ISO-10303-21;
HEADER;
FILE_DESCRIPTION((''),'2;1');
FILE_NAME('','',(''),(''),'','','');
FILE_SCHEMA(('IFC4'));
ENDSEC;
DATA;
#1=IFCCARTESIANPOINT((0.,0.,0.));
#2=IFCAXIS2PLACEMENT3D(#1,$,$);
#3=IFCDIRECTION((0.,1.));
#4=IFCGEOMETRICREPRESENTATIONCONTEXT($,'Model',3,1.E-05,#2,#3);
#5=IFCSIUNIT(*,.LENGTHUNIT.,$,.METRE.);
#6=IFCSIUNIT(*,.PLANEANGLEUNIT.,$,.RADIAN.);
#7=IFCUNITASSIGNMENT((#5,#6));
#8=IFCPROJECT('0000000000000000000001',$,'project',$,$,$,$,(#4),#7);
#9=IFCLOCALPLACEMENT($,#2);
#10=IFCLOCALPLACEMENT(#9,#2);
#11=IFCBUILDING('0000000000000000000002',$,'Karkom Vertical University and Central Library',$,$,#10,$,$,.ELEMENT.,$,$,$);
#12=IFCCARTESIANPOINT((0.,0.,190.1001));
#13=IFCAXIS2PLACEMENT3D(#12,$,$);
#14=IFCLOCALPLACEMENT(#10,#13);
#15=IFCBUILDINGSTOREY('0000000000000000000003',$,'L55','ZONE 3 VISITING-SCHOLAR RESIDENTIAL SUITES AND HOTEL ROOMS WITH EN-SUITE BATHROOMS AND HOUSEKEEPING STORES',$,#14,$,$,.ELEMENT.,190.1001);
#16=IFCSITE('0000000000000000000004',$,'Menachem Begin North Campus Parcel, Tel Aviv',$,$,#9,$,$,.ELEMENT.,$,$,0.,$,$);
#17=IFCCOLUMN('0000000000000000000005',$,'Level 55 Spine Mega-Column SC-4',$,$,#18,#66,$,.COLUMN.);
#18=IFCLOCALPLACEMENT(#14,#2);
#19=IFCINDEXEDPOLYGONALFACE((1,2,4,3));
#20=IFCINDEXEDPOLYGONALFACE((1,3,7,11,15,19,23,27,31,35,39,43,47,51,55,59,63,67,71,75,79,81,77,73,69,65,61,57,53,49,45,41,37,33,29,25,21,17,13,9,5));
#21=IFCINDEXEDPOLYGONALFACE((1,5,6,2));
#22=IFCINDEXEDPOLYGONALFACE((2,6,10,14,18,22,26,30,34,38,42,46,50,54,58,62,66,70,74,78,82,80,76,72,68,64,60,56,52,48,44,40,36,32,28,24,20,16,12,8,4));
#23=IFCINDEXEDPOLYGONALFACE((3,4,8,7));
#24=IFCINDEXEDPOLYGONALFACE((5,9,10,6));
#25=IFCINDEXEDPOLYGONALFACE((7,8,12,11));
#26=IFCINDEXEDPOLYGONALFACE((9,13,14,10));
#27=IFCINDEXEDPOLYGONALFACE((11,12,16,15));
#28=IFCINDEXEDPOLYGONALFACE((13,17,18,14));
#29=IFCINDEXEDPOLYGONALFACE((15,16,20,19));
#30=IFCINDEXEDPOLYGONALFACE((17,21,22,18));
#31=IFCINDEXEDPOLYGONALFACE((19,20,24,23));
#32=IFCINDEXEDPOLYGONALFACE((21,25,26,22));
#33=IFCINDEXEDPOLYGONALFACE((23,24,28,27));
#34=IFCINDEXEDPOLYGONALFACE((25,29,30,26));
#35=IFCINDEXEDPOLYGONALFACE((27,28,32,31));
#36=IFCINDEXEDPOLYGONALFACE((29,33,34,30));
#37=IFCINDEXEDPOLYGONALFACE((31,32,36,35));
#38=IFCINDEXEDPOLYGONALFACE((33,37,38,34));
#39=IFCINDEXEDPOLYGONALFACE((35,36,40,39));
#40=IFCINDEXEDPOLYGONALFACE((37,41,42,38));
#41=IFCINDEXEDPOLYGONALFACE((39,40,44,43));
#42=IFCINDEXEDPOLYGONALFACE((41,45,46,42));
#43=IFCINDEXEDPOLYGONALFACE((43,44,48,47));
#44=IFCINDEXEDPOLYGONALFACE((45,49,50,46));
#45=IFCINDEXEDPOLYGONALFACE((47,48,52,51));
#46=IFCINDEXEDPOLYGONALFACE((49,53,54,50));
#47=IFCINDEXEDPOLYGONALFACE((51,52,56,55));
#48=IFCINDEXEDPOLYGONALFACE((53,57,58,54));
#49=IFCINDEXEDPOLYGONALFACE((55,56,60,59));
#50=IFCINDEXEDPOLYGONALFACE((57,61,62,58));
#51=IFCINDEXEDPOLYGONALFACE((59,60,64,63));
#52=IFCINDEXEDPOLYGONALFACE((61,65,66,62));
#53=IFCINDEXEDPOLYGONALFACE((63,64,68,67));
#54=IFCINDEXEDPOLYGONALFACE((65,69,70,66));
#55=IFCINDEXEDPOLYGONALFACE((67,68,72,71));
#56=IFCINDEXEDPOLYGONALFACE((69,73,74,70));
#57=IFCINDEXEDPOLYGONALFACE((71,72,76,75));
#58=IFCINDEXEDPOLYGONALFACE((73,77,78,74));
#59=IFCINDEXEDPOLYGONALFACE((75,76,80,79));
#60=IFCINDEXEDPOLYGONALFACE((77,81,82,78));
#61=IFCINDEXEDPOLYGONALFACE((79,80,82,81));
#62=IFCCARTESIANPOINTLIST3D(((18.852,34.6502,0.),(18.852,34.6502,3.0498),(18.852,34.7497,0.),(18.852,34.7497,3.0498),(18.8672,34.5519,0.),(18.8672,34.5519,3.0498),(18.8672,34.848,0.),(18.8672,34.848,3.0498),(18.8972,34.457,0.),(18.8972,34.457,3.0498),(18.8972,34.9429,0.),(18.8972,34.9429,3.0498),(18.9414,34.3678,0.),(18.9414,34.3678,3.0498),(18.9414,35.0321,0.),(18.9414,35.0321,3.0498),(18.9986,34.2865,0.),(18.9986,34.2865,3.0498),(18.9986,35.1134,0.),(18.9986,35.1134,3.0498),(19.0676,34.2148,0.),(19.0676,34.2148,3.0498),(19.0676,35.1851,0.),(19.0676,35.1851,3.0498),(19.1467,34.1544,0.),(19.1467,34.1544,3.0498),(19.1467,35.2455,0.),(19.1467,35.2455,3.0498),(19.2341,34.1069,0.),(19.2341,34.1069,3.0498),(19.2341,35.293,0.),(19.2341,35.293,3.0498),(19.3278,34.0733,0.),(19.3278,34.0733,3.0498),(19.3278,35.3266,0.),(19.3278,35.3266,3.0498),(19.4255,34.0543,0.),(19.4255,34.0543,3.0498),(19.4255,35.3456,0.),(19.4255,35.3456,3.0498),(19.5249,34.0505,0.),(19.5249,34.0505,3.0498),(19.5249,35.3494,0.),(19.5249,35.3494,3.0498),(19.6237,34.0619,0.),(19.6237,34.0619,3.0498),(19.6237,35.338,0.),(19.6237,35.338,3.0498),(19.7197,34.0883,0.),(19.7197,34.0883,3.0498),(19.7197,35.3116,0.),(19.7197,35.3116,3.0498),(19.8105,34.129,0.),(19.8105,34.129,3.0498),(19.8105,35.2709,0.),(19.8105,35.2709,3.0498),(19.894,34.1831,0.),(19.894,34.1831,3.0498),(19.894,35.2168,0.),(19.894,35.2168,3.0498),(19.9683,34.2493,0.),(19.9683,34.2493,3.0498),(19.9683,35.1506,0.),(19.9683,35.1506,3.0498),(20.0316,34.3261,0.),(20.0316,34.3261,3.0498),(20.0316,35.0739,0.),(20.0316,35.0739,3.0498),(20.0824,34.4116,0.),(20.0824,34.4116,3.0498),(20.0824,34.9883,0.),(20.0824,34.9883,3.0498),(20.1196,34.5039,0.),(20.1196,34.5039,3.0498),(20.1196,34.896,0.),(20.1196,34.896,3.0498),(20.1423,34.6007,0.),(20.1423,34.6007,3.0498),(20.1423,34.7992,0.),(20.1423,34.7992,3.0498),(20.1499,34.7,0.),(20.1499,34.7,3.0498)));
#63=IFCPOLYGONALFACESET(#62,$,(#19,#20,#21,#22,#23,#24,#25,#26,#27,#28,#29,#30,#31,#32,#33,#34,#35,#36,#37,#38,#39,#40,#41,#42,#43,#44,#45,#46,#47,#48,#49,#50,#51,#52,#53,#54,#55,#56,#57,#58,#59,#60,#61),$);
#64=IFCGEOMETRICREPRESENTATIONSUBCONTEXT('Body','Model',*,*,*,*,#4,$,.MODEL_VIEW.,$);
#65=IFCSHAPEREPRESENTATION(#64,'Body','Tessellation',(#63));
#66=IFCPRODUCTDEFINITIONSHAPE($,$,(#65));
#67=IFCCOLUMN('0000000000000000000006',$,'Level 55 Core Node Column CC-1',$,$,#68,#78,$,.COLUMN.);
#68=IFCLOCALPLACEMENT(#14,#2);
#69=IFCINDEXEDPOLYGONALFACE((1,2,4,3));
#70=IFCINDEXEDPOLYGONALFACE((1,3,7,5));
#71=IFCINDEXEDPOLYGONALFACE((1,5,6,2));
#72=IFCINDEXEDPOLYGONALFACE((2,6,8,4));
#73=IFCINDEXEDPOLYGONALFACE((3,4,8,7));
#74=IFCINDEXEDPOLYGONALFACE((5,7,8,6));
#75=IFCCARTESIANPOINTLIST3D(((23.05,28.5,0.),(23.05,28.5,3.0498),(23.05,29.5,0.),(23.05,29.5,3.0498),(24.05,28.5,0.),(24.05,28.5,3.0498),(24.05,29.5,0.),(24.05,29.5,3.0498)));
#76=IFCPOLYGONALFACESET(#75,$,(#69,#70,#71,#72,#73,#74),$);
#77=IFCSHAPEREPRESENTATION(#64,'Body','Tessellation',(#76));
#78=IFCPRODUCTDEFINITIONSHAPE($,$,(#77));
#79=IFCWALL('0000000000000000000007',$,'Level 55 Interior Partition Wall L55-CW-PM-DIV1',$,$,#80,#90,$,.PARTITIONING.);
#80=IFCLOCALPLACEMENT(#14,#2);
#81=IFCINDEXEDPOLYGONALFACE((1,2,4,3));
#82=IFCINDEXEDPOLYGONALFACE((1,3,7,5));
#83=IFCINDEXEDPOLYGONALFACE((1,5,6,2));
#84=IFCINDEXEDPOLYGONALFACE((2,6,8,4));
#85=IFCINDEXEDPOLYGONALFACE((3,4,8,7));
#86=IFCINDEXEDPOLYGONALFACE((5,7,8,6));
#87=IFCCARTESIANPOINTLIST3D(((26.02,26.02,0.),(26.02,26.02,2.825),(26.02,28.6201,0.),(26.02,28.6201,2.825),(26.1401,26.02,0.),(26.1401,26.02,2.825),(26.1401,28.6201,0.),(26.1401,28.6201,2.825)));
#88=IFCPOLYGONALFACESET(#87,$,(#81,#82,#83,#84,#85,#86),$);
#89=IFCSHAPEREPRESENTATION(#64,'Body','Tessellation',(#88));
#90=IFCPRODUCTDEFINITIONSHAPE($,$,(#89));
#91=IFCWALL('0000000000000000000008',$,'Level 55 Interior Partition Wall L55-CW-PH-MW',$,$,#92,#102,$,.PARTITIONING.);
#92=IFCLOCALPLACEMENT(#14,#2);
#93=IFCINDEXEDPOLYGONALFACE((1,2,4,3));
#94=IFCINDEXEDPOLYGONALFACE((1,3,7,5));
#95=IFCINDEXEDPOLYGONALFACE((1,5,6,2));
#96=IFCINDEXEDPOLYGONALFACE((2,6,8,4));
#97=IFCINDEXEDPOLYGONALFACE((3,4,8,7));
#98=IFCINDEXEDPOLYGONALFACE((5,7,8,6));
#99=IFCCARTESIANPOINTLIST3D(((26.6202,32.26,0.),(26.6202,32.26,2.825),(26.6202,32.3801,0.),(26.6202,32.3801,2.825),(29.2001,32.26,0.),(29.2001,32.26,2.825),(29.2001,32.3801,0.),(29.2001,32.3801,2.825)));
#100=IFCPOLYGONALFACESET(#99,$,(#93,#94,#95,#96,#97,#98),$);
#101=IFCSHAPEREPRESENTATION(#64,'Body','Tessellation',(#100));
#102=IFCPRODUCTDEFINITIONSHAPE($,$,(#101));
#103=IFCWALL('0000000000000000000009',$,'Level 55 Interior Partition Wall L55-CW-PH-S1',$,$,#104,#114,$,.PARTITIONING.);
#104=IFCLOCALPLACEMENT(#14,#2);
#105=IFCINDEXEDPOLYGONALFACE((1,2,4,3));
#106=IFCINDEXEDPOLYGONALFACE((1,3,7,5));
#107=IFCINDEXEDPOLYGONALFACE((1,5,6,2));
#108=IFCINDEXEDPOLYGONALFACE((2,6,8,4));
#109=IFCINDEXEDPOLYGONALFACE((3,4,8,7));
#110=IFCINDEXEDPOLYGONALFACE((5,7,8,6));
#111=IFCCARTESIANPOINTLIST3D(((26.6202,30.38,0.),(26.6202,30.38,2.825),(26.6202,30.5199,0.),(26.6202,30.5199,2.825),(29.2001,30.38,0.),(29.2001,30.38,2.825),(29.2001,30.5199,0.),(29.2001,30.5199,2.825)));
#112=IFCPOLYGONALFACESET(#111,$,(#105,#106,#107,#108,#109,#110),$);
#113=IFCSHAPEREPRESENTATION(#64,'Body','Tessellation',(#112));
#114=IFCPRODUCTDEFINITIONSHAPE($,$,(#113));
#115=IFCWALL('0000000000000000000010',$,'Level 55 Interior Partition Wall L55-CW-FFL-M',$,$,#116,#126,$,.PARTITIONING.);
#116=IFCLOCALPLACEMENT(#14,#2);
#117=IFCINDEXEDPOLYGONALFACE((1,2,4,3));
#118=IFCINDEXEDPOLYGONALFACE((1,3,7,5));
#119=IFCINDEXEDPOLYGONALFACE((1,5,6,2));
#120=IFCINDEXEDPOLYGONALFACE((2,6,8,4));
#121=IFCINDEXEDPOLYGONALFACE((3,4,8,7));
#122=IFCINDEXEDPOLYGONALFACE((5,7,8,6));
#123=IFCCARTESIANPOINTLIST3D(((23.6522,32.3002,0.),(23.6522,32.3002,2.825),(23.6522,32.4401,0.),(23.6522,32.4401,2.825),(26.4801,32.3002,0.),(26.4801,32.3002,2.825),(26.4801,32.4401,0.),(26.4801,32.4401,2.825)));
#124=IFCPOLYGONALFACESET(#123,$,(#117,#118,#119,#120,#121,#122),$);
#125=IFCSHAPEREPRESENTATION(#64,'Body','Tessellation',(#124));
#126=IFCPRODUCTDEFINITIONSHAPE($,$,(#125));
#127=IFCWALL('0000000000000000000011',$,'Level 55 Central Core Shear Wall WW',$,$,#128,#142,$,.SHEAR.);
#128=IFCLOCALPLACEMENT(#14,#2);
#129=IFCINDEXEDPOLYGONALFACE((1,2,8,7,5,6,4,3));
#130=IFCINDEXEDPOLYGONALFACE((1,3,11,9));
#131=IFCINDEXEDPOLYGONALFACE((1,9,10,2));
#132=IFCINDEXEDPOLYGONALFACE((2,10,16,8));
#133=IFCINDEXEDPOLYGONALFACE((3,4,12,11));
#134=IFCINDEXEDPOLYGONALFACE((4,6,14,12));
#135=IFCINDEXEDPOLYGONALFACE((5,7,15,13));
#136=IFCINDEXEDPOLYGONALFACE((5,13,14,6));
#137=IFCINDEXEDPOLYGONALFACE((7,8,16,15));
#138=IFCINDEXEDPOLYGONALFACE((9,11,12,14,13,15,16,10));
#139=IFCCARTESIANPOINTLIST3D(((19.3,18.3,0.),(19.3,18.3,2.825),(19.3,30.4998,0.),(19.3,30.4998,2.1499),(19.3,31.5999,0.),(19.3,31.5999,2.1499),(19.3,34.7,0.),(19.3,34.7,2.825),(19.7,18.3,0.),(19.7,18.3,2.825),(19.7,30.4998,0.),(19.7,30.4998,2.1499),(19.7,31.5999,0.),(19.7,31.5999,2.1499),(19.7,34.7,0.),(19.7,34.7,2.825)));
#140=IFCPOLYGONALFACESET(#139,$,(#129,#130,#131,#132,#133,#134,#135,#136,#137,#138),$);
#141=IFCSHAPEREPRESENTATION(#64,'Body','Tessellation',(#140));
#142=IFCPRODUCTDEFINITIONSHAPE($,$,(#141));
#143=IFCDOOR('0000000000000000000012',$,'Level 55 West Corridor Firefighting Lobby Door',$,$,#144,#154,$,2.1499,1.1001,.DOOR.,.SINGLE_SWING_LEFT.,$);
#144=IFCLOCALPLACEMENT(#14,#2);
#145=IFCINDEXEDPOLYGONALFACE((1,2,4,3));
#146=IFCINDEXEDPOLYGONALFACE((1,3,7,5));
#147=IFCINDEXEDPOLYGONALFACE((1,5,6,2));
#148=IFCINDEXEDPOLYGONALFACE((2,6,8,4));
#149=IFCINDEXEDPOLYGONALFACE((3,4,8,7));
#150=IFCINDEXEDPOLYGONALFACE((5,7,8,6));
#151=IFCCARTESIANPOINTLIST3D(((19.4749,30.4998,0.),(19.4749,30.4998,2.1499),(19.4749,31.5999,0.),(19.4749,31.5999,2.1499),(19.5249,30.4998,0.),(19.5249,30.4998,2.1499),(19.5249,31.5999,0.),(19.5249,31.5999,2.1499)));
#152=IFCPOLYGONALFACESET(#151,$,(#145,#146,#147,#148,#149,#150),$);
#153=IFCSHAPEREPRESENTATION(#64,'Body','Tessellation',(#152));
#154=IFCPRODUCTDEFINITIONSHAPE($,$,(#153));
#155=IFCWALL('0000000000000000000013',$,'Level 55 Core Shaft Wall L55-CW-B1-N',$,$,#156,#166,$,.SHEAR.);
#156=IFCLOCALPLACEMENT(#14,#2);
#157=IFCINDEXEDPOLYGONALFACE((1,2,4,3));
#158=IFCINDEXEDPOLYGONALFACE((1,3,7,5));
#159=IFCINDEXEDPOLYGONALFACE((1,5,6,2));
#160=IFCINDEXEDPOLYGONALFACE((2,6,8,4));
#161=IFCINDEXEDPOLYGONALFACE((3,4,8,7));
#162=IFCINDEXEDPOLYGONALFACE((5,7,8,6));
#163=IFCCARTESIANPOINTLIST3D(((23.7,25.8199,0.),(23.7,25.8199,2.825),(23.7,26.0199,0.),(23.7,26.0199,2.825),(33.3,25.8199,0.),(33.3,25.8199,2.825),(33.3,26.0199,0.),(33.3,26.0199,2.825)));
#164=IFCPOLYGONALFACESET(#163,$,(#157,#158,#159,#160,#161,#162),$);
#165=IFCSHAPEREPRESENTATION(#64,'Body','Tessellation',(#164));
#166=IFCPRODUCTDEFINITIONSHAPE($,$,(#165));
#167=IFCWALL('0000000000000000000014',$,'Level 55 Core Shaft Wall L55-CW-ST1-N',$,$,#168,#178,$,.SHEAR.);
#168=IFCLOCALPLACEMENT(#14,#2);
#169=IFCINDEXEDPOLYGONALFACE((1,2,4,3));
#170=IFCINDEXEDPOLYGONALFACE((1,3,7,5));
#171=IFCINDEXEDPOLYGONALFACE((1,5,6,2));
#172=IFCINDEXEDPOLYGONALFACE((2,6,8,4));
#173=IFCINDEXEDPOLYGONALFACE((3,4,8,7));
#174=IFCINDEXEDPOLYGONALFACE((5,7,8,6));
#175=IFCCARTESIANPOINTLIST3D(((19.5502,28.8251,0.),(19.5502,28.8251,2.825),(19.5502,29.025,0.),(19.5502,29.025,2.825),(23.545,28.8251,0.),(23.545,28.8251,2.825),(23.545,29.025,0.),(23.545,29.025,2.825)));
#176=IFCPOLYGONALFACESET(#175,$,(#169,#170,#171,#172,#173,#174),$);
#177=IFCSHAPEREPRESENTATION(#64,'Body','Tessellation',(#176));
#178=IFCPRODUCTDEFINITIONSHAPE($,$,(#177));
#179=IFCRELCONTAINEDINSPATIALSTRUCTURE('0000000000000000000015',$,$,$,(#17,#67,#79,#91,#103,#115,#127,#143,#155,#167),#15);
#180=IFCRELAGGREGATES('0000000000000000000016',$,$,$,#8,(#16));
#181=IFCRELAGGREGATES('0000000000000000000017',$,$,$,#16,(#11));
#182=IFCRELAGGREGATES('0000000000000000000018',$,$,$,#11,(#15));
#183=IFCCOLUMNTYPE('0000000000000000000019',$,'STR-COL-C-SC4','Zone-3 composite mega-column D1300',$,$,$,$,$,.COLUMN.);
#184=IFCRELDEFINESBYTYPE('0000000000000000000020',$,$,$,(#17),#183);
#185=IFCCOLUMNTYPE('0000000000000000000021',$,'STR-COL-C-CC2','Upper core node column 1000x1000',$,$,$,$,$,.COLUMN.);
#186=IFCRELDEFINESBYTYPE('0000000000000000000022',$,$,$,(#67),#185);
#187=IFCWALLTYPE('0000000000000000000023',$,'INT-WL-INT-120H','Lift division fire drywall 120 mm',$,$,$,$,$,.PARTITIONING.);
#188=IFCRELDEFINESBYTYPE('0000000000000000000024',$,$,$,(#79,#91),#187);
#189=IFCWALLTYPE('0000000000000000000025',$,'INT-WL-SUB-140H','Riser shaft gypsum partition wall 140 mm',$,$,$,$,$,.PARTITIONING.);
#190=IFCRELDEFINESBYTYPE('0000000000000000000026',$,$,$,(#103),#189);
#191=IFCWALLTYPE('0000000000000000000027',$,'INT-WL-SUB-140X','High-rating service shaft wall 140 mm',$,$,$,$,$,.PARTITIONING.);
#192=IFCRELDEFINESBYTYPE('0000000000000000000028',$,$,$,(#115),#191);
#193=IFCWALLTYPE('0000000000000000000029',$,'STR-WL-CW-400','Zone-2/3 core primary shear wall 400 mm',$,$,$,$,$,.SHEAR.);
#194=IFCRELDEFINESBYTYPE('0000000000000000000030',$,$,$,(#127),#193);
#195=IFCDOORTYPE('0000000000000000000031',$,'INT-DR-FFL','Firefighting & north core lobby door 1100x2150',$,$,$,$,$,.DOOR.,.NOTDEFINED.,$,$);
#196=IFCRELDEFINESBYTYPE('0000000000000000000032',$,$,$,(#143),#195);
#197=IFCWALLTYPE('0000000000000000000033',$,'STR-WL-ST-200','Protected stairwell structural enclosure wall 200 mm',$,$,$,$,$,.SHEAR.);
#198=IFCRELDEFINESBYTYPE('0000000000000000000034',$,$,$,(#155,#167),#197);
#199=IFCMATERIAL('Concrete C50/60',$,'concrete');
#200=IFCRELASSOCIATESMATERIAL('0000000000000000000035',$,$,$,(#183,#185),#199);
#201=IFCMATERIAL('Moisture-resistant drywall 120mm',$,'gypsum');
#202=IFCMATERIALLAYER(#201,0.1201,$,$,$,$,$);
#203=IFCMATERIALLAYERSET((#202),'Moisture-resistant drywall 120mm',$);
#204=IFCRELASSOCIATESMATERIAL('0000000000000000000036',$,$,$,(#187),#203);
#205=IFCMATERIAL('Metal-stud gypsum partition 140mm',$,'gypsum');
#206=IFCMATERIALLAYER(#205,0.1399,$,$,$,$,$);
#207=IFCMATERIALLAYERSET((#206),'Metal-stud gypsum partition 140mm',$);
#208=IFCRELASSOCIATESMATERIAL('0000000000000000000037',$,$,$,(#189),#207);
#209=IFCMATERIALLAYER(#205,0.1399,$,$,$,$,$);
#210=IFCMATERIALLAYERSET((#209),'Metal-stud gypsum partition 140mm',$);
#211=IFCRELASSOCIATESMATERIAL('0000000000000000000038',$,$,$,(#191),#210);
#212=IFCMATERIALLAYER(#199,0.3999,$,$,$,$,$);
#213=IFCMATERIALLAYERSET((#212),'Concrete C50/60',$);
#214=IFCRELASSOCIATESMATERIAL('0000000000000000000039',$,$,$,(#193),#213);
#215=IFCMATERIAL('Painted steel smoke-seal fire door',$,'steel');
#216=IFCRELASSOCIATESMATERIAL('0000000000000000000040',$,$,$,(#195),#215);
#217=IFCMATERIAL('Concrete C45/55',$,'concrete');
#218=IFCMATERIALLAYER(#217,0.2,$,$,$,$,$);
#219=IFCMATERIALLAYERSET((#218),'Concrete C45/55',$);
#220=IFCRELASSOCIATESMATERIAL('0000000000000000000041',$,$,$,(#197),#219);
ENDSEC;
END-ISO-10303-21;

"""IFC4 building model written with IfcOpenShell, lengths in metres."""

from ifc_helpers import new_model, si_unit, direction, frame, frame_2d, origin, origin_with_axes, origin_2d, place, context, subcontext, project, spatial, rectangle, circle, extrude, source, transform, mapped, material, layer, layer_set, material_profile, profile_set, type_object, element, fill, save


model = new_model("IFC4")

# Units and contexts
model_context = context("Model", 3, precision=1e-05, world=origin(), true_north=direction((0.0, 1.0)))
body_context = subcontext(model_context, "Body", "Model", "MODEL_VIEW")
ifc_project = project(units=[si_unit("LENGTHUNIT", "METRE"), si_unit("PLANEANGLEUNIT", "RADIAN")], contexts=[model_context])

# Site, building, storey
site_placement = place(None, origin())
site = spatial("IfcSite", under=ifc_project, at=site_placement, Name="Menachem Begin North Campus Parcel, Tel Aviv", CompositionType="ELEMENT", RefElevation=0.0)
building_placement = place(site_placement, origin())
building = spatial("IfcBuilding", under=site, at=building_placement, Name="Karkom Vertical University and Central Library", CompositionType="ELEMENT")
storey_placement = place(building_placement, frame((0.0, 0.0, 190.1001)))
storey = spatial("IfcBuildingStorey", under=building, at=storey_placement, Name="L55", Description="ZONE 3 VISITING-SCHOLAR RESIDENTIAL SUITES AND HOTEL ROOMS WITH EN-SUITE BATHROOMS AND HOUSEKEEPING STORES", CompositionType="ELEMENT", Elevation=190.1001)

# Columns
ifc_material_1 = material(Name="Concrete C50/60", Category="concrete")
ifc_material_profile_1 = material_profile(ifc_material_1, circle(Radius=0.6499, at=origin_2d()), Name="CFT-D1300")
ifc_profile_set_1 = profile_set([ifc_material_profile_1], Name="Concrete C50/60")
column_type_1 = type_object("IfcColumnType", Name="STR-COL-C-SC4", Description="Zone-3 composite mega-column D1300", PredefinedType="COLUMN", material=ifc_profile_set_1)
shared_shape_1 = source(origin_with_axes(), body_context, "Body", "SweptSolid", [
    extrude(circle(Radius=0.6499, at=origin_2d()), origin(), (0.0, 0.0, 1.0), 3.0498),
])
column_1_placement = place(storey_placement, frame((19.5, 34.7, 0.0), z_axis=(0.0, 0.0, 1.0), x_axis=(1.0, 0.0, 0.0)))
element("IfcColumn", 1, at=column_1_placement, inside=storey, type_object=column_type_1, Name="Level 55 Spine Mega-Column SC-4", PredefinedType="COLUMN", context=body_context, shape_type="MappedRepresentation", body=[
    mapped(shared_shape_1, transform((0.0, 0.0, 0.0), scale=1.0)),
])
ifc_material_profile_2 = material_profile(ifc_material_1, rectangle(XDim=1.0, YDim=1.0, at=origin_2d()), Name="RC-1000x1000")
ifc_profile_set_2 = profile_set([ifc_material_profile_2], Name="Concrete C50/60")
column_type_2 = type_object("IfcColumnType", Name="STR-COL-C-CC2", Description="Upper core node column 1000x1000", PredefinedType="COLUMN", material=ifc_profile_set_2)
shared_shape_2 = source(origin_with_axes(), body_context, "Body", "SweptSolid", [
    extrude(rectangle(XDim=1.0, YDim=1.0, at=origin_2d()), origin(), (0.0, 0.0, 1.0), 3.0498),
])
column_2_placement = place(storey_placement, frame((23.55, 29.0, 0.0), z_axis=(0.0, 0.0, 1.0), x_axis=(1.0, 0.0, 0.0)))
element("IfcColumn", 2, at=column_2_placement, inside=storey, type_object=column_type_2, Name="Level 55 Core Node Column CC-1", PredefinedType="COLUMN", context=body_context, shape_type="MappedRepresentation", body=[
    mapped(shared_shape_2, transform((0.0, 0.0, 0.0), scale=1.0)),
])

# Walls
ifc_material_2 = material(Name="Moisture-resistant drywall 120mm", Category="gypsum")
ifc_layer_1 = layer(ifc_material_2, 0.1201)
ifc_layer_set_1 = layer_set([ifc_layer_1], Name="Moisture-resistant drywall 120mm")
wall_type_1 = type_object("IfcWallType", Name="INT-WL-INT-120H", Description="Lift division fire drywall 120 mm", PredefinedType="PARTITIONING", material=ifc_layer_set_1)
wall_1_placement = place(storey_placement, frame((26.0801, 26.02, 0.0), z_axis=(0.0, 0.0, 1.0), x_axis=(0.0, 1.0, 0.0)))
element("IfcWall", 3, at=wall_1_placement, inside=storey, type_object=wall_type_1, Name="Level 55 Interior Partition Wall L55-CW-PM-DIV1", PredefinedType="PARTITIONING", context=body_context, shape_type="SweptSolid", body=[
    extrude(rectangle(XDim=2.6001, YDim=0.1201, at=frame_2d((1.3, 0.0))), origin(), (0.0, 0.0, 1.0), 2.825),
])
wall_2_placement = place(storey_placement, frame((26.6201, 32.3201, 0.0), z_axis=(0.0, 0.0, 1.0), x_axis=(1.0, 0.0, 0.0)))
element("IfcWall", 4, at=wall_2_placement, inside=storey, type_object=wall_type_1, Name="Level 55 Interior Partition Wall L55-CW-PH-MW", PredefinedType="PARTITIONING", context=body_context, shape_type="SweptSolid", body=[
    extrude(rectangle(XDim=2.5798, YDim=0.1201, at=frame_2d((1.29, 0.0))), origin(), (0.0, 0.0, 1.0), 2.825),
])
ifc_material_3 = material(Name="Metal-stud gypsum partition 140mm", Category="gypsum")
ifc_layer_2 = layer(ifc_material_3, 0.1399)
ifc_layer_set_2 = layer_set([ifc_layer_2], Name="Metal-stud gypsum partition 140mm")
wall_type_2 = type_object("IfcWallType", Name="INT-WL-SUB-140H", Description="Riser shaft gypsum partition wall 140 mm", PredefinedType="PARTITIONING", material=ifc_layer_set_2)
wall_3_placement = place(storey_placement, frame((26.6201, 30.45, 0.0), z_axis=(0.0, 0.0, 1.0), x_axis=(1.0, 0.0, 0.0)))
element("IfcWall", 5, at=wall_3_placement, inside=storey, type_object=wall_type_2, Name="Level 55 Interior Partition Wall L55-CW-PH-S1", PredefinedType="PARTITIONING", context=body_context, shape_type="SweptSolid", body=[
    extrude(rectangle(XDim=2.5798, YDim=0.1399, at=frame_2d((1.29, 0.0))), origin(), (0.0, 0.0, 1.0), 2.825),
])
ifc_layer_3 = layer(ifc_material_3, 0.1399)
ifc_layer_set_3 = layer_set([ifc_layer_3], Name="Metal-stud gypsum partition 140mm")
wall_type_3 = type_object("IfcWallType", Name="INT-WL-SUB-140X", Description="High-rating service shaft wall 140 mm", PredefinedType="PARTITIONING", material=ifc_layer_set_3)
wall_4_placement = place(storey_placement, frame((23.6521, 32.3701, 0.0), z_axis=(0.0, 0.0, 1.0), x_axis=(1.0, 0.0, 0.0)))
element("IfcWall", 6, at=wall_4_placement, inside=storey, type_object=wall_type_3, Name="Level 55 Interior Partition Wall L55-CW-FFL-M", PredefinedType="PARTITIONING", context=body_context, shape_type="SweptSolid", body=[
    extrude(rectangle(XDim=2.8279, YDim=0.1399, at=frame_2d((1.4141, 0.0))), origin(), (0.0, 0.0, 1.0), 2.825),
])

# Wall, opening, door
ifc_layer_4 = layer(ifc_material_1, 0.3999)
ifc_layer_set_4 = layer_set([ifc_layer_4], Name="Concrete C50/60")
wall_type_4 = type_object("IfcWallType", Name="STR-WL-CW-400", Description="Zone-2/3 core primary shear wall 400 mm", PredefinedType="SHEAR", material=ifc_layer_set_4)
wall_5_placement = place(storey_placement, frame((19.5, 34.7, 0.0), z_axis=(0.0, 0.0, 1.0), x_axis=(0.0, -1.0, 0.0)))
wall_5 = element("IfcWall", 7, at=wall_5_placement, inside=storey, type_object=wall_type_4, Name="Level 55 Central Core Shear Wall WW", PredefinedType="SHEAR", context=body_context, shape_type="SweptSolid", body=[
    extrude(rectangle(XDim=16.3999, YDim=0.3999, at=frame_2d((8.2, 0.0))), origin(), (0.0, 0.0, 1.0), 2.825),
])
opening_1_placement = place(wall_5_placement, frame((3.1001, 0.0, 0.0)))
opening_1 = element("IfcOpeningElement", 8, at=opening_1_placement, cuts=wall_5, PredefinedType="OPENING", context=body_context, shape_type="SweptSolid", body=[
    extrude(rectangle(XDim=1.1001, YDim=2.1499, at=frame_2d((0.55, 1.075))), frame((0.0, 0.21, 0.0), z_axis=(0.0, -1.0, 0.0), x_axis=(1.0, 0.0, 0.0)), (0.0, 0.0, 1.0), 0.4199),
])
ifc_material_4 = material(Name="Painted steel smoke-seal fire door", Category="steel")
door_type_1 = type_object("IfcDoorType", Name="INT-DR-FFL", Description="Firefighting & north core lobby door 1100x2150", OperationType="NOTDEFINED", PredefinedType="DOOR", material=ifc_material_4)
shared_shape_3 = source(origin_with_axes(), body_context, "Body", "SweptSolid", [
    extrude(rectangle(XDim=1.1001, YDim=2.1499, at=frame_2d((0.55, 1.075))), frame((0.0, 0.0249, 0.0), z_axis=(0.0, -1.0, 0.0), x_axis=(1.0, 0.0, 0.0)), (0.0, 0.0, 1.0), 0.05),
])
door_1_placement = place(opening_1_placement, origin())
door_1 = element("IfcDoor", 9, at=door_1_placement, inside=storey, type_object=door_type_1, Name="Level 55 West Corridor Firefighting Lobby Door", OperationType="SINGLE_SWING_LEFT", OverallHeight=2.1499, OverallWidth=1.1001, PredefinedType="DOOR", context=body_context, shape_type="MappedRepresentation", body=[
    mapped(shared_shape_3, transform((0.0, 0.0, 0.0), scale=1.0)),
])
fill(opening_1, door_1)

# Wall
ifc_material_5 = material(Name="Concrete C45/55", Category="concrete")
ifc_layer_5 = layer(ifc_material_5, 0.2)
ifc_layer_set_5 = layer_set([ifc_layer_5], Name="Concrete C45/55")
wall_type_5 = type_object("IfcWallType", Name="STR-WL-ST-200", Description="Protected stairwell structural enclosure wall 200 mm", PredefinedType="SHEAR", material=ifc_layer_set_5)
wall_6_placement = place(storey_placement, frame((23.7, 25.9199, 0.0), z_axis=(0.0, 0.0, 1.0), x_axis=(1.0, 0.0, 0.0)))
element("IfcWall", 10, at=wall_6_placement, inside=storey, type_object=wall_type_5, Name="Level 55 Core Shaft Wall L55-CW-B1-N", PredefinedType="SHEAR", context=body_context, shape_type="SweptSolid", body=[
    extrude(rectangle(XDim=9.6001, YDim=0.2, at=frame_2d((4.8, 0.0))), origin(), (0.0, 0.0, 1.0), 2.825),
])

# Wall
wall_7_placement = place(storey_placement, frame((19.55, 28.925, 0.0), z_axis=(0.0, 0.0, 1.0), x_axis=(1.0, 0.0, 0.0)))
element("IfcWall", 11, at=wall_7_placement, inside=storey, type_object=wall_type_5, Name="Level 55 Core Shaft Wall L55-CW-ST1-N", PredefinedType="SHEAR", context=body_context, shape_type="SweptSolid", body=[
    extrude(rectangle(XDim=3.9949, YDim=0.2, at=frame_2d((1.9976, 0.0))), origin(), (0.0, 0.0, 1.0), 2.825),
])

save(model, "model.ifc")
